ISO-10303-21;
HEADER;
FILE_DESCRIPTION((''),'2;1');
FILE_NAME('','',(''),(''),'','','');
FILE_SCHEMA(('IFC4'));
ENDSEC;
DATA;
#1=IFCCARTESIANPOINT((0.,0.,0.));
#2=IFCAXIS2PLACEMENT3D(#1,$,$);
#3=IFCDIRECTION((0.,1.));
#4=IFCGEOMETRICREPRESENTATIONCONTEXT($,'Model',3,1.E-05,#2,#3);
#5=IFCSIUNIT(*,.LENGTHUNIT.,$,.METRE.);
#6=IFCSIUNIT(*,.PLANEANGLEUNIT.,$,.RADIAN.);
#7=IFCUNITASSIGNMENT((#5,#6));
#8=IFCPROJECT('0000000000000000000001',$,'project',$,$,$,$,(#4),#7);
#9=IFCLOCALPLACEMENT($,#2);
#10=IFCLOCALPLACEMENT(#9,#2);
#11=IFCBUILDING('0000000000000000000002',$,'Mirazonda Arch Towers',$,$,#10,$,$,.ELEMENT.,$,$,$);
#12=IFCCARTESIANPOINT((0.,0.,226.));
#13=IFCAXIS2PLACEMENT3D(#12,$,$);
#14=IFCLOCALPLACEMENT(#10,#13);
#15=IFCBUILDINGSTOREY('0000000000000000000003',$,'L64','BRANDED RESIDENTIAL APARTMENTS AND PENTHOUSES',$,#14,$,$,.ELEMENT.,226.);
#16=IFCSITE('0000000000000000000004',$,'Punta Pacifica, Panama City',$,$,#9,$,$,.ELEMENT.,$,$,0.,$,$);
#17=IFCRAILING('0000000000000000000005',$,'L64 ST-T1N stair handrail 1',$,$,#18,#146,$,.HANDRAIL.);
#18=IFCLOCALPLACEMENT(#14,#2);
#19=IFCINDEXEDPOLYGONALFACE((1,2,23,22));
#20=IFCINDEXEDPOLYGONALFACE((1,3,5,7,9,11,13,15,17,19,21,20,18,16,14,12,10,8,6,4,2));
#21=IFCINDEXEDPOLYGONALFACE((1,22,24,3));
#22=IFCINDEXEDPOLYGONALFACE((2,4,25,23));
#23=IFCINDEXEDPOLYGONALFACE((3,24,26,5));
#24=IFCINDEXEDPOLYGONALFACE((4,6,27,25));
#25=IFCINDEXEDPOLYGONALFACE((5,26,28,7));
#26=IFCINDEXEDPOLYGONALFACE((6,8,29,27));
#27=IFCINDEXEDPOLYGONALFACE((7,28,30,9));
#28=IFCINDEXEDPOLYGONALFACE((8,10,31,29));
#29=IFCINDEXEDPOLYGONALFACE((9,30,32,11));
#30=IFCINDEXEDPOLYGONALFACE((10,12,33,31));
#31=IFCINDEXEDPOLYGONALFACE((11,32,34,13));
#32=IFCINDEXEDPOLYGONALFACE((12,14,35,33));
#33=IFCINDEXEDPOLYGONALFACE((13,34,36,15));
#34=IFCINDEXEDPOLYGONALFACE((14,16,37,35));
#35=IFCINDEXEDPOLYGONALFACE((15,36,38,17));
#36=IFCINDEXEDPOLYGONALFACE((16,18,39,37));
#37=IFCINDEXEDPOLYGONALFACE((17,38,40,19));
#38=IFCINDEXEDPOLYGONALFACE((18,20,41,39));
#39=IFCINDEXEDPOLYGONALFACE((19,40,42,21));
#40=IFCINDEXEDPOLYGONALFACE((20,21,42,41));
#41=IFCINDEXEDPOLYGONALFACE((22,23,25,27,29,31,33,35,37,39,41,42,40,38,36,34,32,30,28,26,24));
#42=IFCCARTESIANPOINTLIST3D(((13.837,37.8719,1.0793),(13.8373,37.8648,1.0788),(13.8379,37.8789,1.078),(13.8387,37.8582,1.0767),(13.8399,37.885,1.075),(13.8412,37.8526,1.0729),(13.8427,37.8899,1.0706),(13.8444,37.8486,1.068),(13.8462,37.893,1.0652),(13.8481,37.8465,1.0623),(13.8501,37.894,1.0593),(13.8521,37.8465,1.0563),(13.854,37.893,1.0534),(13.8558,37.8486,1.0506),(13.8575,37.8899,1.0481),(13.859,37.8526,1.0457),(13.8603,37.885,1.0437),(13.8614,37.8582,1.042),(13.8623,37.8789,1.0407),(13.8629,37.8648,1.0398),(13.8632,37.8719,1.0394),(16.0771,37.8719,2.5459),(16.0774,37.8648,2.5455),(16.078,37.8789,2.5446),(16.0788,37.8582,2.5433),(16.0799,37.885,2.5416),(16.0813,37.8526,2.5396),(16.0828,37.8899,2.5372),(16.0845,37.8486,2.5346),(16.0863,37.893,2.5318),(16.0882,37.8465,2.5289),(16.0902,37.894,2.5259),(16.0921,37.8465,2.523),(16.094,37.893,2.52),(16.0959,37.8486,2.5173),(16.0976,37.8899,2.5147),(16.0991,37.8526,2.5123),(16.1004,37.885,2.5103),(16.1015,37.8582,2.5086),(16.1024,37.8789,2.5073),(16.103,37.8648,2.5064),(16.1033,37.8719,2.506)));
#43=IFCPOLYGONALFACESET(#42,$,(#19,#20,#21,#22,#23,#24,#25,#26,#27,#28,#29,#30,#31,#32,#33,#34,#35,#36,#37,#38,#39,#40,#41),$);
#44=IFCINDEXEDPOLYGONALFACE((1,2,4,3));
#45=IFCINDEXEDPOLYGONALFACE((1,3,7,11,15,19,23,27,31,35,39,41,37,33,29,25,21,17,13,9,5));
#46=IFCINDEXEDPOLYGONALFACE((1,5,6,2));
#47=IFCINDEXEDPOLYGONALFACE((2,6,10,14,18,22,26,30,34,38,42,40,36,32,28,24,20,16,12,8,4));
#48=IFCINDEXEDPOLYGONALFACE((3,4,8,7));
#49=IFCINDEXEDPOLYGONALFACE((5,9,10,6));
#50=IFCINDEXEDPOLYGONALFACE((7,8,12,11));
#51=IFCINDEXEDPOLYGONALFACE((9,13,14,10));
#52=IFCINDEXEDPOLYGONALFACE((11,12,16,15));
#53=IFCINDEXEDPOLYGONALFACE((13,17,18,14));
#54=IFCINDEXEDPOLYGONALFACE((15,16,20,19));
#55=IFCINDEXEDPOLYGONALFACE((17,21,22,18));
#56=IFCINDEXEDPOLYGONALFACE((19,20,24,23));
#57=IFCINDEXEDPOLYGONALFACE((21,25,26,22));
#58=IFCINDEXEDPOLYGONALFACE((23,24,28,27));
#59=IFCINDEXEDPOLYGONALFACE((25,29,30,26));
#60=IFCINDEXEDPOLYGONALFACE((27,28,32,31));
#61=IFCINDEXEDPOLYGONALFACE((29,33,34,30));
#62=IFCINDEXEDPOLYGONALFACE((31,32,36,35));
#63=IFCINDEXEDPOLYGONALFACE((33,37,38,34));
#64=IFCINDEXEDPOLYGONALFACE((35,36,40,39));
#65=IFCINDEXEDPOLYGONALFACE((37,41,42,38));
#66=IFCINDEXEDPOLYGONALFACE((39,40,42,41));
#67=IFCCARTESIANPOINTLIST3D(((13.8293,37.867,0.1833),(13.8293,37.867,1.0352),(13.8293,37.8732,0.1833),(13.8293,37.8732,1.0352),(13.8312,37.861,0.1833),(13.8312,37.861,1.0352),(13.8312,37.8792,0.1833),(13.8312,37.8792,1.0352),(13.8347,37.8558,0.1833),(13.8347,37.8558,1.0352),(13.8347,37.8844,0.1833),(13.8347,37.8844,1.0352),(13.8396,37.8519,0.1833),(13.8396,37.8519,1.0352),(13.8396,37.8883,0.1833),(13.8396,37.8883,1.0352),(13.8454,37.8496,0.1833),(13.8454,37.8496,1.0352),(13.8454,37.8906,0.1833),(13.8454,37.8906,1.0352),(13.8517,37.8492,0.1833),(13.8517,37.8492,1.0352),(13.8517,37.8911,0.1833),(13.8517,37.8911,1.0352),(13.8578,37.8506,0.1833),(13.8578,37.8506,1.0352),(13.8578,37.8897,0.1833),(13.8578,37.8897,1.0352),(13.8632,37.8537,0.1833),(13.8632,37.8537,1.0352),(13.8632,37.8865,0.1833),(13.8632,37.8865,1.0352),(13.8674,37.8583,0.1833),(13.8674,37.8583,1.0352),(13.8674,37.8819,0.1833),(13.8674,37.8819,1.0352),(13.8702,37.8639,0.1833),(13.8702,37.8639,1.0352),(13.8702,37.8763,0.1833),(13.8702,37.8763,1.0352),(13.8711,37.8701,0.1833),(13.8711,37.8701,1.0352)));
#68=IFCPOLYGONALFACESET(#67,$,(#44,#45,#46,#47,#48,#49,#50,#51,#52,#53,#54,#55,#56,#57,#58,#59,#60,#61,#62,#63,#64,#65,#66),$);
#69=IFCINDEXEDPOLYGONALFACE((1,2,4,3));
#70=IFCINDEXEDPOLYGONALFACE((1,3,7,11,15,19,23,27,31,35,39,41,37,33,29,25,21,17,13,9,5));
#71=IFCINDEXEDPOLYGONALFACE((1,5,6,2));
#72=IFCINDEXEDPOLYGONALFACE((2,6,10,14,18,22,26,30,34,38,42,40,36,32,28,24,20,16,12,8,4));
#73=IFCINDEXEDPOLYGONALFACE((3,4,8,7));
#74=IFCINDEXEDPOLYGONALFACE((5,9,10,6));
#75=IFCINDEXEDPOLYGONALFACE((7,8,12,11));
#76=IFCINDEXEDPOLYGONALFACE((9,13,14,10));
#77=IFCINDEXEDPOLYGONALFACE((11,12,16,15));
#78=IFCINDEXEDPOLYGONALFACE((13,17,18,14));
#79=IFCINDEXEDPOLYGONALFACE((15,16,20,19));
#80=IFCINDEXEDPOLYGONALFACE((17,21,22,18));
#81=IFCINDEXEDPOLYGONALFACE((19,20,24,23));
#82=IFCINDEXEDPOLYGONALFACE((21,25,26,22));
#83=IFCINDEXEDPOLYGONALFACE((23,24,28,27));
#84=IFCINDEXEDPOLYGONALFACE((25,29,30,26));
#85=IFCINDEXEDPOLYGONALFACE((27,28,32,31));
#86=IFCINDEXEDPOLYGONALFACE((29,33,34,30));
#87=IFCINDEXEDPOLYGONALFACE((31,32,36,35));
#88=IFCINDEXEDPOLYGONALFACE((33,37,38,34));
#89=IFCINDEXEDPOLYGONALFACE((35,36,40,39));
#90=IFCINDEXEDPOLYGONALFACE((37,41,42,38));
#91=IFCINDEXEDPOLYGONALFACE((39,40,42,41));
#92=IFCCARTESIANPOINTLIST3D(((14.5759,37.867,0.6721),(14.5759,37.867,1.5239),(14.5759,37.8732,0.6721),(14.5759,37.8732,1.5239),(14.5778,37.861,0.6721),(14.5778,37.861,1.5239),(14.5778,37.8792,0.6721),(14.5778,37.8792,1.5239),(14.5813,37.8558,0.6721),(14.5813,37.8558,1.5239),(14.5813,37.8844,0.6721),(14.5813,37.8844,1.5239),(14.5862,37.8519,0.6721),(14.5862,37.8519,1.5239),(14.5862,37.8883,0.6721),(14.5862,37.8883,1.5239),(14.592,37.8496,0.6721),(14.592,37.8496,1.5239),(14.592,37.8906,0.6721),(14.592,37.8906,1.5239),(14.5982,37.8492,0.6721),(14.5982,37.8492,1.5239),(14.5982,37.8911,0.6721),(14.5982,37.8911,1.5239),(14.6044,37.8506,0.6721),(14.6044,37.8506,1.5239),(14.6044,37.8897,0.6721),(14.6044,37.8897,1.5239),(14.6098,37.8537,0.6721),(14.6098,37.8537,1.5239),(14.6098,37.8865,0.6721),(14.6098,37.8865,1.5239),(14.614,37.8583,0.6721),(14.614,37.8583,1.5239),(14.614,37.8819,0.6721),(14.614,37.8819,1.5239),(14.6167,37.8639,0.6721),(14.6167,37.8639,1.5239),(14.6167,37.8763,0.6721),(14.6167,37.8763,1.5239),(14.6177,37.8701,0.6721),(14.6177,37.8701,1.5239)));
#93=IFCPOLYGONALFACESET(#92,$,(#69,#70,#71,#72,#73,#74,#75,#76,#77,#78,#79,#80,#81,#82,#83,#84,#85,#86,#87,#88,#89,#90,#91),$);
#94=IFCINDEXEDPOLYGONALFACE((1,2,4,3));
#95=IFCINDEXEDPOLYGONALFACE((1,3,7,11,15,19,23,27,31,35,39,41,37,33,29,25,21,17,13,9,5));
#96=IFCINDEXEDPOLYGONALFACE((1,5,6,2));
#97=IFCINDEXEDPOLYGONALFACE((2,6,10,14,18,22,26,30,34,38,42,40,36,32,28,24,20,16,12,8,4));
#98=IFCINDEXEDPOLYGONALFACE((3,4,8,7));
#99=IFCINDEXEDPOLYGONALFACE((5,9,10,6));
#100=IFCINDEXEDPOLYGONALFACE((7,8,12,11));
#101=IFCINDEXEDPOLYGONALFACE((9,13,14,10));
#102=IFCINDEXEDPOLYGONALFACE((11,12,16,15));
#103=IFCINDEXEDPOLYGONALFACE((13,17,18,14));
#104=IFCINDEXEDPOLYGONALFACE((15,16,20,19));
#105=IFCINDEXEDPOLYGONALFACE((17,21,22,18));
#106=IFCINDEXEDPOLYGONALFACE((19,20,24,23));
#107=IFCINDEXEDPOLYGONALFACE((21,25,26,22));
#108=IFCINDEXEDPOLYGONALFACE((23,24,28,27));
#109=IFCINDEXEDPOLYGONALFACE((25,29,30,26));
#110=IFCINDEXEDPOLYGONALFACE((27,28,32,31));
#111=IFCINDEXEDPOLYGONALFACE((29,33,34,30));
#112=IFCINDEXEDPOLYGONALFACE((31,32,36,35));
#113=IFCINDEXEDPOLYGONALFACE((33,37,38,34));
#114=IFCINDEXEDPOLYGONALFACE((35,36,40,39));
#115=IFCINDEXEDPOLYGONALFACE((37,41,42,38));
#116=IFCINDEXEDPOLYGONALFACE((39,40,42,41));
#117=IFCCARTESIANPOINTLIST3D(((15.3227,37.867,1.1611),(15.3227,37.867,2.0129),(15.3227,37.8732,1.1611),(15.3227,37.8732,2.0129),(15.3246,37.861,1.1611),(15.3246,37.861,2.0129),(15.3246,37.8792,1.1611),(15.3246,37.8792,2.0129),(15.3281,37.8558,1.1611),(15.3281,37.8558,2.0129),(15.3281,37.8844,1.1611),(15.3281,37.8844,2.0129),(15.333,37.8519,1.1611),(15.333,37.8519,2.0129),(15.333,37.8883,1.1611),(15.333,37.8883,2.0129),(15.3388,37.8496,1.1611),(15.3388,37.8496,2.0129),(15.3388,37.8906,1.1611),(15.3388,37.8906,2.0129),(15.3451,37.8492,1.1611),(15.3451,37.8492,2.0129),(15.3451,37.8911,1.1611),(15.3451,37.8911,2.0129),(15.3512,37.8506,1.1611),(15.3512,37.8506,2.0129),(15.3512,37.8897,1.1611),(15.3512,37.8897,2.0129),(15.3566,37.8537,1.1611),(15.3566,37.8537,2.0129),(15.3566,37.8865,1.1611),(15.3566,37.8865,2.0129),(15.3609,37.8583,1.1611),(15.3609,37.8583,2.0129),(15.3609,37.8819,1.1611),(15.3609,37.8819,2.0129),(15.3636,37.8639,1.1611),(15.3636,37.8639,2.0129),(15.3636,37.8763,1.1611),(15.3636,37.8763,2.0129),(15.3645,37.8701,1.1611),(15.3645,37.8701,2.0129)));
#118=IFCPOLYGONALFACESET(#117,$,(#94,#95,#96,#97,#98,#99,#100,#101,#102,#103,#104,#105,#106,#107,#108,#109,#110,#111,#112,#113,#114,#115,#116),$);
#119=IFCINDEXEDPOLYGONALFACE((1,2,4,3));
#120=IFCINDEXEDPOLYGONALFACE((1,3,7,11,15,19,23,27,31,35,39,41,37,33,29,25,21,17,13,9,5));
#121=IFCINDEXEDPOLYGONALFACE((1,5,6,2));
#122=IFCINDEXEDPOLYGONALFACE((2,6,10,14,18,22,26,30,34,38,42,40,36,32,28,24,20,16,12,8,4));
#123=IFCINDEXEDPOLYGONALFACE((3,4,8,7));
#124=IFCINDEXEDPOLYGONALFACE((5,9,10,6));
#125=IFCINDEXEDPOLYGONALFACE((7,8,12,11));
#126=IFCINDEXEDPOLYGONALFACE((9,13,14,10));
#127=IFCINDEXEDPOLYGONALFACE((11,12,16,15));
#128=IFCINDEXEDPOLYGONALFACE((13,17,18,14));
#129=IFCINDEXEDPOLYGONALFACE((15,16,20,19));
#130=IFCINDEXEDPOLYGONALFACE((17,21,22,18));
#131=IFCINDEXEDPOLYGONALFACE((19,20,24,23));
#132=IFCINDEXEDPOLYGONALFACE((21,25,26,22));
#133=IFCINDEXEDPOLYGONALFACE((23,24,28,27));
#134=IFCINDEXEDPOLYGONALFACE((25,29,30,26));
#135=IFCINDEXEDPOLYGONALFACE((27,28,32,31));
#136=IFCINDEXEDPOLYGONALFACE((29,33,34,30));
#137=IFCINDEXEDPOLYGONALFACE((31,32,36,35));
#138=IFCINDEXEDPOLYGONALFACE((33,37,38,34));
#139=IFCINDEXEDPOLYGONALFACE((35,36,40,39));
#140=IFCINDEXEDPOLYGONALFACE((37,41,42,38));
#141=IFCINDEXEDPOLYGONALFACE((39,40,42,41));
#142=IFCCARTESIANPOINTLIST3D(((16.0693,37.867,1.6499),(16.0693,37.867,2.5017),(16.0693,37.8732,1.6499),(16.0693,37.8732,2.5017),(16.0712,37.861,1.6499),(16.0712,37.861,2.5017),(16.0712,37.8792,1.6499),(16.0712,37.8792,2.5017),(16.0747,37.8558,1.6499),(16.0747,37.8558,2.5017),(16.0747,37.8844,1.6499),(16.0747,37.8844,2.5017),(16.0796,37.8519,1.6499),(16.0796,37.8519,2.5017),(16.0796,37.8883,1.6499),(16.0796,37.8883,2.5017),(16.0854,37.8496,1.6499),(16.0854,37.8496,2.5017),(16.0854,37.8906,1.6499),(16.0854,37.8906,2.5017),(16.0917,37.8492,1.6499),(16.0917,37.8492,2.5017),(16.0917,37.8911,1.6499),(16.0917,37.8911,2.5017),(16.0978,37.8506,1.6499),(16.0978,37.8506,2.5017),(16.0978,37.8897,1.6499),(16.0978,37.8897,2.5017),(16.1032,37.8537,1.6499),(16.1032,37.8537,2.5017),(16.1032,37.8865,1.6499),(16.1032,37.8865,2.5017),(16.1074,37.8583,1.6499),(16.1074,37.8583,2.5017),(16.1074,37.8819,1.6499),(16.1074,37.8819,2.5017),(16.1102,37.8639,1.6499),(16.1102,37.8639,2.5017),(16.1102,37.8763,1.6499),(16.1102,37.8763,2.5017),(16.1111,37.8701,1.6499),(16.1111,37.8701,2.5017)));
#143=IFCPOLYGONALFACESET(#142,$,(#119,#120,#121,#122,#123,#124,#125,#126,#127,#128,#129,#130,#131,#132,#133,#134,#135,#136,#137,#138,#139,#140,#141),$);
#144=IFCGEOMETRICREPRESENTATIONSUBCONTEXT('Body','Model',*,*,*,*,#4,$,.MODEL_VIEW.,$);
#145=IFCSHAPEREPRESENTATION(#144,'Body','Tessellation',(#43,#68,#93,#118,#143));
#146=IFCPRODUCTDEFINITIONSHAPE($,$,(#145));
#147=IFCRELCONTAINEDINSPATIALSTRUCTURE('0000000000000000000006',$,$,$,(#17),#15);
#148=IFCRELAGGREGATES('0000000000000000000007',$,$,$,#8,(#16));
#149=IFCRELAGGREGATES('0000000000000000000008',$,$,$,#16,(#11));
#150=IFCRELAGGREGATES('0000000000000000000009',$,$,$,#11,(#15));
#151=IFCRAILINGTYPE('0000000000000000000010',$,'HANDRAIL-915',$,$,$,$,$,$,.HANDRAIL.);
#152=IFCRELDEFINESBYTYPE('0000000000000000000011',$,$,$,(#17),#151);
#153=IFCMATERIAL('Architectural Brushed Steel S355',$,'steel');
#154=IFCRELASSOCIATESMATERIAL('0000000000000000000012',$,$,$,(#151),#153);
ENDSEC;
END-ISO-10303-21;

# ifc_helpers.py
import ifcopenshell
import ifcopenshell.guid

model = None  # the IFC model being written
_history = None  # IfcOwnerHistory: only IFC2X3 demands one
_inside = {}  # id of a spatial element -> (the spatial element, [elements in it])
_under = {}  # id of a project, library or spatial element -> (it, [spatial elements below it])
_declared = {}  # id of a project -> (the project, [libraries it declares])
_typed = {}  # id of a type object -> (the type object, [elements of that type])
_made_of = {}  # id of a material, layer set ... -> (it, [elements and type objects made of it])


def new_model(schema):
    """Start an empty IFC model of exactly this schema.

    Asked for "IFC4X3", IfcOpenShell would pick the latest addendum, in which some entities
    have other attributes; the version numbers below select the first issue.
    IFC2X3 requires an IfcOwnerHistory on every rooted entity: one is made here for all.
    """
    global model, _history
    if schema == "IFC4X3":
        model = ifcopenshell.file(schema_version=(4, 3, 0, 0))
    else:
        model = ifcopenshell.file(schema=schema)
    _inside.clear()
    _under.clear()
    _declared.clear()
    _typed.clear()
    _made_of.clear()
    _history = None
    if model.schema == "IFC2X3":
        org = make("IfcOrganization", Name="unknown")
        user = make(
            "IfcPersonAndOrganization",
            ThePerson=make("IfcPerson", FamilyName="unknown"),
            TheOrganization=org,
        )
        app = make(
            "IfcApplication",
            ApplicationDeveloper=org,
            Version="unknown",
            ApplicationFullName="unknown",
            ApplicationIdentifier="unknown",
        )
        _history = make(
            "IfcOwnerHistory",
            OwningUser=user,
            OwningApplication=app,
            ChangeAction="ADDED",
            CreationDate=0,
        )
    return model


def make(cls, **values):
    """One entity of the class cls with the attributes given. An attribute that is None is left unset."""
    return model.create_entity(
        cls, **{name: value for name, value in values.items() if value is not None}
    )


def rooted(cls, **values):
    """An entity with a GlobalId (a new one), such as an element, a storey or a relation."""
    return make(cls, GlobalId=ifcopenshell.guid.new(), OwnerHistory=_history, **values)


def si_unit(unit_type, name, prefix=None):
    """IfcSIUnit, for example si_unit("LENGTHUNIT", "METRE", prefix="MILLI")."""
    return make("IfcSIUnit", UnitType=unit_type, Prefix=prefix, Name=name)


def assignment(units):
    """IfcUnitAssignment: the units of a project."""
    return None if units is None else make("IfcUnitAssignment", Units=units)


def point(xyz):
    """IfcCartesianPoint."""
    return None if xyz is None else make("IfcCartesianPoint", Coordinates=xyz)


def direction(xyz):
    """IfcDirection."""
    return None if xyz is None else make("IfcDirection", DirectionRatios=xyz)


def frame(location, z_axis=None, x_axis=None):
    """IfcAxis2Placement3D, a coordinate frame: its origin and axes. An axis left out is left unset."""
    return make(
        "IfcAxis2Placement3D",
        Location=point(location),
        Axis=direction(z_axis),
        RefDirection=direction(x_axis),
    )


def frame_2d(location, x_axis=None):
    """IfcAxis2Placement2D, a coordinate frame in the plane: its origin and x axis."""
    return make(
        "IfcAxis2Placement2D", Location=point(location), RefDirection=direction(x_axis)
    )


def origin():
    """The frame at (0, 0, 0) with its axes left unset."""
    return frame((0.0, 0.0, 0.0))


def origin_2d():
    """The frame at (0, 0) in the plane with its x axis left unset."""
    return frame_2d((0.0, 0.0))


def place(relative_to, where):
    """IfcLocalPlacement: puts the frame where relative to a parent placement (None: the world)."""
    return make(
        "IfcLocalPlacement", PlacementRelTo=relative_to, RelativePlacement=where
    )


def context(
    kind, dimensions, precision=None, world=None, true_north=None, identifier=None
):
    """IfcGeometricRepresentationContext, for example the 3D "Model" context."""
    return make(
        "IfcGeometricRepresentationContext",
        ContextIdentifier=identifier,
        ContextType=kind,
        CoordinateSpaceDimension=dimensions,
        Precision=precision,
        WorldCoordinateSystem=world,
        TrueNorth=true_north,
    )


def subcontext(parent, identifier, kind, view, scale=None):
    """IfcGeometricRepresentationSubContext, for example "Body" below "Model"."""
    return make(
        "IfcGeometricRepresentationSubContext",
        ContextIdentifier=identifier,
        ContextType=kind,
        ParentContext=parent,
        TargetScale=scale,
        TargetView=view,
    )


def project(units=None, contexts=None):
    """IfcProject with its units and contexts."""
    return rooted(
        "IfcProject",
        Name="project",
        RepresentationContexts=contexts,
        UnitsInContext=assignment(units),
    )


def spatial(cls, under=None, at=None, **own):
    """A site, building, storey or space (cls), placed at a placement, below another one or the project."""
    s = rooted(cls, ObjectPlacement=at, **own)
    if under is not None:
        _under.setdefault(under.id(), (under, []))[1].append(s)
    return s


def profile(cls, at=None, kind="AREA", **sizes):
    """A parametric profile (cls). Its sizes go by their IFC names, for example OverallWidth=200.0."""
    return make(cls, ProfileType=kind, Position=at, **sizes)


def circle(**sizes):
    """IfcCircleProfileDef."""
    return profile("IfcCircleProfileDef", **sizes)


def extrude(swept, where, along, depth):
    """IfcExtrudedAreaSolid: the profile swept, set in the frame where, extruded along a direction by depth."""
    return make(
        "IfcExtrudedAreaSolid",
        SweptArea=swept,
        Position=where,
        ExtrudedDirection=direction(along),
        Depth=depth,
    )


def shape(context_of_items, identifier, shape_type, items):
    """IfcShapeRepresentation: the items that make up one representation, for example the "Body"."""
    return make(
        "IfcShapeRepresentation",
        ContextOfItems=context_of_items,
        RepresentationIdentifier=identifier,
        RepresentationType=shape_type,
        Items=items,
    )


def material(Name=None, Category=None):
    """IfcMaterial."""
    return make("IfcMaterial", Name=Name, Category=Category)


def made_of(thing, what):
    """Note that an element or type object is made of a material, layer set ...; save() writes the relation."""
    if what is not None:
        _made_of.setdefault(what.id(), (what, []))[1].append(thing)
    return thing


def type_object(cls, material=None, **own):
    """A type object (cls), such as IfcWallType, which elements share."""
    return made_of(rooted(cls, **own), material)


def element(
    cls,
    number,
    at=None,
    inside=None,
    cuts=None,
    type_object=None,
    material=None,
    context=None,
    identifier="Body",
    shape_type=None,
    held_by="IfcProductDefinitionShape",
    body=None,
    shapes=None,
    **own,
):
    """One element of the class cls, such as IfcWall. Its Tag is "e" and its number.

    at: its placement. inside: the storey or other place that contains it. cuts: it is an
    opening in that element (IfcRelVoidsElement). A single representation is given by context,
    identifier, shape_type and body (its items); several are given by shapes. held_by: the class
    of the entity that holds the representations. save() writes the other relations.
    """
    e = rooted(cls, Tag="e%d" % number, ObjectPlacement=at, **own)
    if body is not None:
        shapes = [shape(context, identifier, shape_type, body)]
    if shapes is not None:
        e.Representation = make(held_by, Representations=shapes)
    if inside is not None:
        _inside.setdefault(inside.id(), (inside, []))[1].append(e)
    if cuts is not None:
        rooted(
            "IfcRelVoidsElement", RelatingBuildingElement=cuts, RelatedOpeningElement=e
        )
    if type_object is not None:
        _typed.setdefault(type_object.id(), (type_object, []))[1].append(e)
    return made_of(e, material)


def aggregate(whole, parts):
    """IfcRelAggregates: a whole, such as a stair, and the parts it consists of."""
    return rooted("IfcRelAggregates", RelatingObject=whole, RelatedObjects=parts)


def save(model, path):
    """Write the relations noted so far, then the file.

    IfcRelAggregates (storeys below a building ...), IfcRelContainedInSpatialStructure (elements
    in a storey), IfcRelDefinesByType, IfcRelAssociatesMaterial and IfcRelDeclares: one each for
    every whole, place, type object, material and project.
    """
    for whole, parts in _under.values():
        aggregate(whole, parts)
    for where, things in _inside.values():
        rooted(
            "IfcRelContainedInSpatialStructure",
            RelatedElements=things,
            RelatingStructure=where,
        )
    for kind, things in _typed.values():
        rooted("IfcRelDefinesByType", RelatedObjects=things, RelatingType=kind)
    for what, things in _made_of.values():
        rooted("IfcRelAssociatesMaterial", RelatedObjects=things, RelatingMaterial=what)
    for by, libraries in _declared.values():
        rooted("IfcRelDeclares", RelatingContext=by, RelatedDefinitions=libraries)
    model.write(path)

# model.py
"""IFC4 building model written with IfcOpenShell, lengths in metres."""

from ifc_helpers import new_model, si_unit, direction, frame, origin, origin_2d, place, context, subcontext, project, spatial, circle, extrude, material, type_object, element, save


model = new_model("IFC4")

# Units and contexts
model_context = context("Model", 3, precision=1e-05, world=origin(), true_north=direction((0.0, 1.0)))
body_context = subcontext(model_context, "Body", "Model", "MODEL_VIEW")
ifc_project = project(units=[si_unit("LENGTHUNIT", "METRE"), si_unit("PLANEANGLEUNIT", "RADIAN")], contexts=[model_context])

# Site, building, storey
site_placement = place(None, origin())
site = spatial("IfcSite", under=ifc_project, at=site_placement, Name="Punta Pacifica, Panama City", CompositionType="ELEMENT", RefElevation=0.0)
building_placement = place(site_placement, origin())
building = spatial("IfcBuilding", under=site, at=building_placement, Name="Mirazonda Arch Towers", CompositionType="ELEMENT")
storey_placement = place(building_placement, frame((0.0, 0.0, 226.0)))
storey = spatial("IfcBuildingStorey", under=building, at=storey_placement, Name="L64", Description="BRANDED RESIDENTIAL APARTMENTS AND PENTHOUSES", CompositionType="ELEMENT", Elevation=226.0)

# Shared definitions
ifc_material_1 = material(Name="Architectural Brushed Steel S355", Category="steel")

# Railing
railing_type_1 = type_object("IfcRailingType", Name="HANDRAIL-915", PredefinedType="HANDRAIL", material=ifc_material_1)
railing_1_placement = place(storey_placement, frame((13.8501, 37.8701, 0.1833)))
element("IfcRailing", 1, at=railing_1_placement, inside=storey, type_object=railing_type_1, Name="L64 ST-T1N stair handrail 1", PredefinedType="HANDRAIL", context=body_context, shape_type="SweptSolid", body=[
    extrude(circle(Radius=0.0239, at=origin_2d()), frame((0.0, 0.0, 0.876), z_axis=(0.836637, 0.0, 0.547758), x_axis=(0.0, 1.0, 0.0)), (0.0, 0.0, 1.0), 2.6775),
    extrude(circle(Radius=0.021, at=origin_2d()), origin(), (0.0, 0.0, 1.0), 0.8518),
    extrude(circle(Radius=0.021, at=origin_2d()), frame((0.7466, 0.0, 0.4888)), (0.0, 0.0, 1.0), 0.8518),
    extrude(circle(Radius=0.021, at=origin_2d()), frame((1.4934, 0.0, 0.9778)), (0.0, 0.0, 1.0), 0.8518),
    extrude(circle(Radius=0.021, at=origin_2d()), frame((2.24, 0.0, 1.4666)), (0.0, 0.0, 1.0), 0.8518),
])

save(model, "model.ifc")
